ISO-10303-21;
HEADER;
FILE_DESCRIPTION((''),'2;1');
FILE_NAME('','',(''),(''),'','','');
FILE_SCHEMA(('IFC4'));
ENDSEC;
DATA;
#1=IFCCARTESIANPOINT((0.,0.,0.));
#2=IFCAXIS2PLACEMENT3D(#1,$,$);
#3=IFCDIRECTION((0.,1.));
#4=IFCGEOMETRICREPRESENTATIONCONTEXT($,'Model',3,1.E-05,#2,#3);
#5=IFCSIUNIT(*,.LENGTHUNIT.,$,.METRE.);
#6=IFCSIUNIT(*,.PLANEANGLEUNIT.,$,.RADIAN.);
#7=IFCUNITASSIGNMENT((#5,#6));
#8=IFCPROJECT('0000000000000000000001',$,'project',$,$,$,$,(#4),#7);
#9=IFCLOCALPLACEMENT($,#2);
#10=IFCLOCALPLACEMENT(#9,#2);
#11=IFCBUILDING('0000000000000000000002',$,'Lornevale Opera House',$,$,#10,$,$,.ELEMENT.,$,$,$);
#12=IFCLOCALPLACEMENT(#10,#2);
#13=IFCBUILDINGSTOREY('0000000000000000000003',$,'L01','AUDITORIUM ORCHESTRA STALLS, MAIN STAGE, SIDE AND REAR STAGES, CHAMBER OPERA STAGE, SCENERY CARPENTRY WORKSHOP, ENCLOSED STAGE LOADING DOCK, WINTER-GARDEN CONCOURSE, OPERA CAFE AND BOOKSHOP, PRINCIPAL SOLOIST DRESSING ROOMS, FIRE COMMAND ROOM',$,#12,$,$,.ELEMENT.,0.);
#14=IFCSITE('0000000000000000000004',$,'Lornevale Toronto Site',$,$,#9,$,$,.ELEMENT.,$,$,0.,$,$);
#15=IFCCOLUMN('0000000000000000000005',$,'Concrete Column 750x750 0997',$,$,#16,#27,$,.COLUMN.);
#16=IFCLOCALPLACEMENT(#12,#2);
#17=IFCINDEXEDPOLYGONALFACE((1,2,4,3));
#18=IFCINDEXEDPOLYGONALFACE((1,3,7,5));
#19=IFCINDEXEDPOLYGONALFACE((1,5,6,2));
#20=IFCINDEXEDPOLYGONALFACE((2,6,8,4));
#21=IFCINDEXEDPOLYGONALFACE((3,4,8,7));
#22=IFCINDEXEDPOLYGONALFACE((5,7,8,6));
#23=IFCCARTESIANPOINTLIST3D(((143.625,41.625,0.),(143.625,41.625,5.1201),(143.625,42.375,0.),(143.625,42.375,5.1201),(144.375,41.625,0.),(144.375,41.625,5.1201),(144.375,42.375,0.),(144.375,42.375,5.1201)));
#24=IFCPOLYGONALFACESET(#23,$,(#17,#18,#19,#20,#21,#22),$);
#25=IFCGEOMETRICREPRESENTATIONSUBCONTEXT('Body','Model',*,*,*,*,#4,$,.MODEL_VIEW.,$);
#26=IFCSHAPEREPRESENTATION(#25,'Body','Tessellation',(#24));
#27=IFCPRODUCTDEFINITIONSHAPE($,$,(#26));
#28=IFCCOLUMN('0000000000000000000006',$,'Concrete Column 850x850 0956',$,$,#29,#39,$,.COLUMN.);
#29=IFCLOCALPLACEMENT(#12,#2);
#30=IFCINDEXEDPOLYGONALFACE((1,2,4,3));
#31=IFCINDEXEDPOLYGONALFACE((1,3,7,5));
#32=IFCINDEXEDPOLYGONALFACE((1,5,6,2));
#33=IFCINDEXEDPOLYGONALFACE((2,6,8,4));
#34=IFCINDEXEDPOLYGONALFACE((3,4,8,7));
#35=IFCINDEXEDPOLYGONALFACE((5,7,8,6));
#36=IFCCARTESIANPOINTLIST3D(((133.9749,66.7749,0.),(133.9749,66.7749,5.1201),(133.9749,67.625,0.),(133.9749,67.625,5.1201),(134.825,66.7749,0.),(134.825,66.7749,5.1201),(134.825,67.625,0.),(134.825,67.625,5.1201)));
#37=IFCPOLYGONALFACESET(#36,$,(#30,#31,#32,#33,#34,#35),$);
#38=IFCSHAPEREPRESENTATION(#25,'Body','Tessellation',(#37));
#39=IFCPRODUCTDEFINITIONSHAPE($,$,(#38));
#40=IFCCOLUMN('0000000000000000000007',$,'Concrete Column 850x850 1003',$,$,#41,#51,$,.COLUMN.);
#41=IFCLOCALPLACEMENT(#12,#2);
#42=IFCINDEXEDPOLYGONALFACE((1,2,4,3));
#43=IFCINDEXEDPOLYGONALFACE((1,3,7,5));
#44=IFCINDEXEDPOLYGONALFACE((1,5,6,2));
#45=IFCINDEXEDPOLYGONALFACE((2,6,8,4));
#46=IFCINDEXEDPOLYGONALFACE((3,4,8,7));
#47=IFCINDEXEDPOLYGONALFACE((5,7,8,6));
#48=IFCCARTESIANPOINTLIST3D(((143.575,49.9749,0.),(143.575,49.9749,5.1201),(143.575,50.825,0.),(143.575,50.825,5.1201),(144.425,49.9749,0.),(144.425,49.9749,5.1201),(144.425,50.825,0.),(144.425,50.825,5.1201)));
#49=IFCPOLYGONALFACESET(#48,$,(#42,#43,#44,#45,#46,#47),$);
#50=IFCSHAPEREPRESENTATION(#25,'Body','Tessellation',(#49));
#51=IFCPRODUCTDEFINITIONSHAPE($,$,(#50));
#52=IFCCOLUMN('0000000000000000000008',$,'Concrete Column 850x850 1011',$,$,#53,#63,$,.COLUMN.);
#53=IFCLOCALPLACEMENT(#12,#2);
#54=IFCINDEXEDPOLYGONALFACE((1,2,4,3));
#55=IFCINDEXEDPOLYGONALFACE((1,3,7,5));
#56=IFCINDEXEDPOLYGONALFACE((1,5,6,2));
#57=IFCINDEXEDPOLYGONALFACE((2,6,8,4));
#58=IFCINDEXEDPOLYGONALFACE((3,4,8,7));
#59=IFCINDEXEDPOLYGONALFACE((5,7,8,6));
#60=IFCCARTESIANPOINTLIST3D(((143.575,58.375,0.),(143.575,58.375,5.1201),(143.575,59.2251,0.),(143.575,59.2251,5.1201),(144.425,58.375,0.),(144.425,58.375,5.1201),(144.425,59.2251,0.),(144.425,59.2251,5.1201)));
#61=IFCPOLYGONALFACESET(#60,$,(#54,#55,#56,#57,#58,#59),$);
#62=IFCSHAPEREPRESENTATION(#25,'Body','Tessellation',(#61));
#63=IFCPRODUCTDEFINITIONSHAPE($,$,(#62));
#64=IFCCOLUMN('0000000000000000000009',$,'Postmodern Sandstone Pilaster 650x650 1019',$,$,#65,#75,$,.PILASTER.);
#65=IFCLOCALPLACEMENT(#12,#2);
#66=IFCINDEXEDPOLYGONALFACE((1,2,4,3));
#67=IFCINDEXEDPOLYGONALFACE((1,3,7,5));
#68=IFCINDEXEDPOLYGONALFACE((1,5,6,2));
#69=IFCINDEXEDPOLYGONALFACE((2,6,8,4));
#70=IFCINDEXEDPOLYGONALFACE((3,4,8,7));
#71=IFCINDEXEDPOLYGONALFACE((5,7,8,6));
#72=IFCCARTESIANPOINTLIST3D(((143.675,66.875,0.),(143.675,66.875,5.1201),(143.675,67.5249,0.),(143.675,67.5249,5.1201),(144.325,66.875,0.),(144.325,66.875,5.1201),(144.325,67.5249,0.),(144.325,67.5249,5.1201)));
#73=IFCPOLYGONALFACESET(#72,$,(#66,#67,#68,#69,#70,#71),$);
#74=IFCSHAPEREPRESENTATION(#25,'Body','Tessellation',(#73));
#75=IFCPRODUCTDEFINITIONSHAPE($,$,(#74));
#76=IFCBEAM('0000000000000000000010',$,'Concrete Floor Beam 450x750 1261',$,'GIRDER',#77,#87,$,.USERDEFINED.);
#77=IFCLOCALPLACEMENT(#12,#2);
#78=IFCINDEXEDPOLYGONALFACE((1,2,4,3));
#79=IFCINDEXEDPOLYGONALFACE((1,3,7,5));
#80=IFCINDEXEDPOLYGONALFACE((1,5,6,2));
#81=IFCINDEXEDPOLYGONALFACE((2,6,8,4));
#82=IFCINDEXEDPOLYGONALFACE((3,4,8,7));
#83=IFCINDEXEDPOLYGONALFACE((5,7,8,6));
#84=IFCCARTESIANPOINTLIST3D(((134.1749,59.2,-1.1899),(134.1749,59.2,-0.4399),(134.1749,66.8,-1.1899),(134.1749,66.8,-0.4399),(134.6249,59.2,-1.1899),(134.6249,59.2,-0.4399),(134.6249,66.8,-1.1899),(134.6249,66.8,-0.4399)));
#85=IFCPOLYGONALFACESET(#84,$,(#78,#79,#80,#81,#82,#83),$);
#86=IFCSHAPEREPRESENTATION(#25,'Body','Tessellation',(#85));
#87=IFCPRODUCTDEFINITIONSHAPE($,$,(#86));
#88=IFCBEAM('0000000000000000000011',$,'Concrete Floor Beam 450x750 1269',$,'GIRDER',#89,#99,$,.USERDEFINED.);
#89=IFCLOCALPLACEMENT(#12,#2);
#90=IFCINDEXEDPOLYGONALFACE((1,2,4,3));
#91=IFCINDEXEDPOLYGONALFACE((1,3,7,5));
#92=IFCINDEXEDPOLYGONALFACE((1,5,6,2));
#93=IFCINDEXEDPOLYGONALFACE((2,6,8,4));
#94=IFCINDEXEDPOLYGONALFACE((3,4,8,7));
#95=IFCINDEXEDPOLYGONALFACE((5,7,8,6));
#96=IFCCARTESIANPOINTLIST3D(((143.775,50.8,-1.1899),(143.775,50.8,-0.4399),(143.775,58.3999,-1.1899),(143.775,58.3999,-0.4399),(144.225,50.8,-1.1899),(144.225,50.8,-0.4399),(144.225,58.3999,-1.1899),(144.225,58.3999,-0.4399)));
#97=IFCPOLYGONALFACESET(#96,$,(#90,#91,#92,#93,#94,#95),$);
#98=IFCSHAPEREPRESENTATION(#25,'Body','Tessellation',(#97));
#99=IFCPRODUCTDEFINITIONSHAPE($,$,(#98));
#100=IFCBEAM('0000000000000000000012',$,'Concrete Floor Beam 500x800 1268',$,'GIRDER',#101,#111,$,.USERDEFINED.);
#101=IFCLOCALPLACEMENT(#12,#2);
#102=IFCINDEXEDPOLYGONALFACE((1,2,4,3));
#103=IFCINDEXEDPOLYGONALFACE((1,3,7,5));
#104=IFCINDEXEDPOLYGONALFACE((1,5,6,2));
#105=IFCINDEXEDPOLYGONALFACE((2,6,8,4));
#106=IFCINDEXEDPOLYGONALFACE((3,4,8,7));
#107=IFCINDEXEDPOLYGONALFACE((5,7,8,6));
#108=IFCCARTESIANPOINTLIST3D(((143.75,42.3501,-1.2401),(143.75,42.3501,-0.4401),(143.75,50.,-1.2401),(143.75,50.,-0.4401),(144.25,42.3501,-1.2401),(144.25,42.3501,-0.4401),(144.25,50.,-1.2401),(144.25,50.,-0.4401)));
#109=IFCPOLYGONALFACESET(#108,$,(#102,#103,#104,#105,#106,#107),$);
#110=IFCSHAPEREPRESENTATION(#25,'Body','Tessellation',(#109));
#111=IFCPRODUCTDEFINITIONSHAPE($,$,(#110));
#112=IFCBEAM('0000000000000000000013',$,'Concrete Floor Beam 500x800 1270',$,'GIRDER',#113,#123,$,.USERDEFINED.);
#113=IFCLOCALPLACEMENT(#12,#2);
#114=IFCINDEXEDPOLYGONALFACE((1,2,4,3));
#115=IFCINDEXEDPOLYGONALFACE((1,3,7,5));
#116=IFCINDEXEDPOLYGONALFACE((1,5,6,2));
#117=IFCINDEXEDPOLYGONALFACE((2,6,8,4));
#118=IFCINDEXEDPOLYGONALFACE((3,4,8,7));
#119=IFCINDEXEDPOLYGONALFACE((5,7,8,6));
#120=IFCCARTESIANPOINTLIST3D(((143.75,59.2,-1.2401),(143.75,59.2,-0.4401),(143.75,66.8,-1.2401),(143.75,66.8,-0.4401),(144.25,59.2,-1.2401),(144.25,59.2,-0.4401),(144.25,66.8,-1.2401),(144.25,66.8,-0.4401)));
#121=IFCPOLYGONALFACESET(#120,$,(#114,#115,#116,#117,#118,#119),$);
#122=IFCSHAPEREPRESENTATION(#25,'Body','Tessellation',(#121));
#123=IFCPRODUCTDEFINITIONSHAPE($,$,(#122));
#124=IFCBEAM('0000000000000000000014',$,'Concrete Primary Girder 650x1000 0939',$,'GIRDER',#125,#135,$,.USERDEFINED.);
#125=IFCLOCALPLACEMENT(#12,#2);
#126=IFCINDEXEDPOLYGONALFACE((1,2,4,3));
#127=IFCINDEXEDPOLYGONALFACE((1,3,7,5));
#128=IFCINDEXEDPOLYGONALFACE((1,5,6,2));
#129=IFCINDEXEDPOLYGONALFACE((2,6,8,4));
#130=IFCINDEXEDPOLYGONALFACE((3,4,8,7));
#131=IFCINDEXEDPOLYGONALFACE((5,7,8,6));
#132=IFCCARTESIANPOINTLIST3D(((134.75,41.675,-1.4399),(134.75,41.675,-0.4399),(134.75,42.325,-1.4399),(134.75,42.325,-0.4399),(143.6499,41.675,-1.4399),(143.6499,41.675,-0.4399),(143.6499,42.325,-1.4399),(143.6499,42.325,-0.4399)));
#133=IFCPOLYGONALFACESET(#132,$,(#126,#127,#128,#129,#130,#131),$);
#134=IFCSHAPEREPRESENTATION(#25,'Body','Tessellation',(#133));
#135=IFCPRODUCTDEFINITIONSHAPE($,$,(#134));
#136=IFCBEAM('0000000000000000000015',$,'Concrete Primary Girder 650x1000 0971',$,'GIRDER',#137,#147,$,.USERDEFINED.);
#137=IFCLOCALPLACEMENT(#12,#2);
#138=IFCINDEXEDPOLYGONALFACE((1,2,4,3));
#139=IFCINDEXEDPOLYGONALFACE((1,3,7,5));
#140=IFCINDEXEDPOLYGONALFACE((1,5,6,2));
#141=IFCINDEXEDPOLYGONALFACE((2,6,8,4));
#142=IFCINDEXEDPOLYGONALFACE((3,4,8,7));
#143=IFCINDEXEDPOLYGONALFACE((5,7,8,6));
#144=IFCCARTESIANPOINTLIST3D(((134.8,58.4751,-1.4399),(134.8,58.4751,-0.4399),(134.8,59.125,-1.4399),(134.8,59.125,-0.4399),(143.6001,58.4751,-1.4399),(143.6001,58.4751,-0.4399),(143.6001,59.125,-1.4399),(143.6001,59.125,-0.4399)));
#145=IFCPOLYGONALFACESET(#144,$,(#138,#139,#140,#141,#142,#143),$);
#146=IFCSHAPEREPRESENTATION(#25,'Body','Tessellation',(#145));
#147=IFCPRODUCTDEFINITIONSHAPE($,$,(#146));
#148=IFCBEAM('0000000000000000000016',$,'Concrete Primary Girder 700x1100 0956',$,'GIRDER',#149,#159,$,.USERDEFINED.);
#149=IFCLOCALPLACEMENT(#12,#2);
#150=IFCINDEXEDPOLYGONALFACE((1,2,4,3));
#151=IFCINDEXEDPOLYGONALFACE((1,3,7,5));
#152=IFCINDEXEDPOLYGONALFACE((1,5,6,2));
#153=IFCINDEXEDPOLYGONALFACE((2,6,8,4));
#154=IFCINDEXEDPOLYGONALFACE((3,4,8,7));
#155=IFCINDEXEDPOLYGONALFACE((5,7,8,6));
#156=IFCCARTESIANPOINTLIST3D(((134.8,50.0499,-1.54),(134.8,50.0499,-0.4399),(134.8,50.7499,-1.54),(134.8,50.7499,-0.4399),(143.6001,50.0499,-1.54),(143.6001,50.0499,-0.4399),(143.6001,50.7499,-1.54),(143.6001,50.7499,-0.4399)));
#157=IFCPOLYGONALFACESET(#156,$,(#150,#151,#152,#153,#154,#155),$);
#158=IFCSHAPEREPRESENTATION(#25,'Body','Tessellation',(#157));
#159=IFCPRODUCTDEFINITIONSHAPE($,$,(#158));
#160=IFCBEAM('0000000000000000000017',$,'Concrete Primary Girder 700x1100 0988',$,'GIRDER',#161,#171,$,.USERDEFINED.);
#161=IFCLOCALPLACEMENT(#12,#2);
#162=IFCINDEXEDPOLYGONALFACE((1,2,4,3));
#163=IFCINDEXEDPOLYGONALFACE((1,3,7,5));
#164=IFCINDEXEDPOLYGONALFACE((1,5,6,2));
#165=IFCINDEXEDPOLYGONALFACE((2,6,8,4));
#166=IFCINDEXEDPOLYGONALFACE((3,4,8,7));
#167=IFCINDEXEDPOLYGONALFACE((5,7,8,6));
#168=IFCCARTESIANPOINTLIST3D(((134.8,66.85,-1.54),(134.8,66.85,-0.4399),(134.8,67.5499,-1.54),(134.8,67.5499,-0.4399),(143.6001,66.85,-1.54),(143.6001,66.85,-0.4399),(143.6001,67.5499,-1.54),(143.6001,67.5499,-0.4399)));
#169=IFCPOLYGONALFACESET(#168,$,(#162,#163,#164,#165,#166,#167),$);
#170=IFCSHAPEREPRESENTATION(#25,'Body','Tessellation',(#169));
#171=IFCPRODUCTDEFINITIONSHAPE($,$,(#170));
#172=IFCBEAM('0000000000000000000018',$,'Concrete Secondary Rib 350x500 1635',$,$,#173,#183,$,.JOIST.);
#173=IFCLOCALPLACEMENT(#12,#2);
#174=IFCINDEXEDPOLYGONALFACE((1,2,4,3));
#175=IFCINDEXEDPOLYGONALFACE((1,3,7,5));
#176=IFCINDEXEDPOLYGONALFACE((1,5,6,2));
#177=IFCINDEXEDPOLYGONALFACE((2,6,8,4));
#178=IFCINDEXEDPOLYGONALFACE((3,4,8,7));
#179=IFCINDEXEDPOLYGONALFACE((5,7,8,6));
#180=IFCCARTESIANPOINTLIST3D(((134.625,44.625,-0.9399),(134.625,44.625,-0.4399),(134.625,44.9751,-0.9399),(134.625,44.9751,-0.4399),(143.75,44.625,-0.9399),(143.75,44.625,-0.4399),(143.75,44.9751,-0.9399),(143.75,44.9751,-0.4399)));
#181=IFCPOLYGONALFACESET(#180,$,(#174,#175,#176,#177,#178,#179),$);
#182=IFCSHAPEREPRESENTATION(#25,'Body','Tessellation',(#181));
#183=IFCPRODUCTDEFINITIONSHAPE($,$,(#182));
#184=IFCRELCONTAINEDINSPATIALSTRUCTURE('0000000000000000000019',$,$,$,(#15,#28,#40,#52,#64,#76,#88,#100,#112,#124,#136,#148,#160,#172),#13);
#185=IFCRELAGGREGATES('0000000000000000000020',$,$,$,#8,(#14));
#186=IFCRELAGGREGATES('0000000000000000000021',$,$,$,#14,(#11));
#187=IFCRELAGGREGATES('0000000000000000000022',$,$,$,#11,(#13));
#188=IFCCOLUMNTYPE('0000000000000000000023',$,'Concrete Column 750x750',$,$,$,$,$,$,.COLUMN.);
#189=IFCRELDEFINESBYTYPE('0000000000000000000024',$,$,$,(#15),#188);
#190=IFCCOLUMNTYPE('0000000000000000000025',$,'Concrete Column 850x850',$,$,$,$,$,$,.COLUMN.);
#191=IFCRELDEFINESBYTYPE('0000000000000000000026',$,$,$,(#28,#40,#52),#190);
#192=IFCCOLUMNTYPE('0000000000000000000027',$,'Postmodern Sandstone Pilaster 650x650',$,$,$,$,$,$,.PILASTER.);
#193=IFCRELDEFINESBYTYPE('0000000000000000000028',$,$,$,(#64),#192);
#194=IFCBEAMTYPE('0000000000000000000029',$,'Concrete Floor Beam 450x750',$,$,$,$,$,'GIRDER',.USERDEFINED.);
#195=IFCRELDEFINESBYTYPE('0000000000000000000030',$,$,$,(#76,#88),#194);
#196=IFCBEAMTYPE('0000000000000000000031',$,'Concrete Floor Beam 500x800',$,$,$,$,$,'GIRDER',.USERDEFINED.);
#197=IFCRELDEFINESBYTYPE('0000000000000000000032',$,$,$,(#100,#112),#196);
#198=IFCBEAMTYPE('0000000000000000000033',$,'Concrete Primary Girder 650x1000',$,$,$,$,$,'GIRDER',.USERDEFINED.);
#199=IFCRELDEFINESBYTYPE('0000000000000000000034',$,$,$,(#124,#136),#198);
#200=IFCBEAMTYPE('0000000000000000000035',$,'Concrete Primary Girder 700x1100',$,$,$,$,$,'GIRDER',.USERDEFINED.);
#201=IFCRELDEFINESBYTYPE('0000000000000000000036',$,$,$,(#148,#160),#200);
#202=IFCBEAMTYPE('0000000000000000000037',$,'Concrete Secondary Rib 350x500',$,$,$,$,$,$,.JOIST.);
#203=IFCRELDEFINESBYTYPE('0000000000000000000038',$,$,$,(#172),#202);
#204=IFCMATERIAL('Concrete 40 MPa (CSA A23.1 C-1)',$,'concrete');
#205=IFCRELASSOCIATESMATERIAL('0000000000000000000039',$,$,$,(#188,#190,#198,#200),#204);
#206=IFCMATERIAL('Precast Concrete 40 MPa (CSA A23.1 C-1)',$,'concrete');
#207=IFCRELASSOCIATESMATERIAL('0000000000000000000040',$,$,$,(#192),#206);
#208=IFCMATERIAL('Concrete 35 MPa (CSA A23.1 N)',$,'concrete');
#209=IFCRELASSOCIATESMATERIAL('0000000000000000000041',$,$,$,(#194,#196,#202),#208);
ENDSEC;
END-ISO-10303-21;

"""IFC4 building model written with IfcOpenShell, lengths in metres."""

from ifc_helpers import new_model, si_unit, direction, frame, origin, origin_2d, place, context, subcontext, project, spatial, rectangle, extrude, material, material_profile, profile_set, type_object, element, save


model = new_model("IFC4")

# Units and contexts
model_context = context("Model", 3, precision=1e-05, world=origin(), true_north=direction((0.0, 1.0)))
body_context = subcontext(model_context, "Body", "Model", "MODEL_VIEW")
ifc_project = project(units=[si_unit("LENGTHUNIT", "METRE"), si_unit("PLANEANGLEUNIT", "RADIAN")], contexts=[model_context])

# Site, building, storey
site_placement = place(None, origin())
site = spatial("IfcSite", under=ifc_project, at=site_placement, Name="Lornevale Toronto Site", CompositionType="ELEMENT", RefElevation=0.0)
building_placement = place(site_placement, origin())
building = spatial("IfcBuilding", under=site, at=building_placement, Name="Lornevale Opera House", CompositionType="ELEMENT")
storey_placement = place(building_placement, origin())
storey = spatial("IfcBuildingStorey", under=building, at=storey_placement, Name="L01", Description="AUDITORIUM ORCHESTRA STALLS, MAIN STAGE, SIDE AND REAR STAGES, CHAMBER OPERA STAGE, SCENERY CARPENTRY WORKSHOP, ENCLOSED STAGE LOADING DOCK, WINTER-GARDEN CONCOURSE, OPERA CAFE AND BOOKSHOP, PRINCIPAL SOLOIST DRESSING ROOMS, FIRE COMMAND ROOM", CompositionType="ELEMENT", Elevation=0.0)

# Columns
ifc_material_1 = material(Name="Concrete 40 MPa (CSA A23.1 C-1)", Category="concrete")
ifc_material_profile_1 = material_profile(ifc_material_1, rectangle(XDim=0.75, YDim=0.75, at=origin_2d()), Name="RC750x750")
ifc_profile_set_1 = profile_set([ifc_material_profile_1], Name="Concrete 40 MPa (CSA A23.1 C-1)")
column_type_1 = type_object("IfcColumnType", Name="Concrete Column 750x750", PredefinedType="COLUMN", material=ifc_profile_set_1)
column_1_placement = place(storey_placement, frame((144.0, 42.0, 0.0), z_axis=(0.0, 0.0, 1.0), x_axis=(1.0, 0.0, 0.0)))
element("IfcColumn", 1, at=column_1_placement, inside=storey, type_object=column_type_1, Name="Concrete Column 750x750 0997", PredefinedType="COLUMN", context=body_context, shape_type="SweptSolid", body=[
    extrude(rectangle(XDim=0.75, YDim=0.75, at=origin_2d()), origin(), (0.0, 0.0, 1.0), 5.1201),
])
ifc_material_profile_2 = material_profile(ifc_material_1, rectangle(XDim=0.8501, YDim=0.8501, at=origin_2d()), Name="RC850x850")
ifc_profile_set_2 = profile_set([ifc_material_profile_2], Name="Concrete 40 MPa (CSA A23.1 C-1)")
column_type_2 = type_object("IfcColumnType", Name="Concrete Column 850x850", PredefinedType="COLUMN", material=ifc_profile_set_2)
for number, where, z_axis, x_axis, name in (
    (2, (134.3999, 67.2, 0.0), (0.0, 0.0, 1.0), (1.0, 0.0, 0.0), "Concrete Column 850x850 0956"),
    (3, (144.0, 50.3999, 0.0), (0.0, 0.0, 1.0), (1.0, 0.0, 0.0), "Concrete Column 850x850 1003"),
    (4, (144.0, 58.8, 0.0), (0.0, 0.0, 1.0), (1.0, 0.0, 0.0), "Concrete Column 850x850 1011"),
):
    element("IfcColumn", number, at=place(storey_placement, frame(where, z_axis=z_axis, x_axis=x_axis)), inside=storey, type_object=column_type_2, Name=name, PredefinedType="COLUMN", context=body_context, shape_type="SweptSolid", body=[
        extrude(rectangle(XDim=0.8501, YDim=0.8501, at=origin_2d()), origin(), (0.0, 0.0, 1.0), 5.1201),
    ])
ifc_material_2 = material(Name="Precast Concrete 40 MPa (CSA A23.1 C-1)", Category="concrete")
ifc_material_profile_3 = material_profile(ifc_material_2, rectangle(XDim=0.6499, YDim=0.6499, at=origin_2d()), Name="RC650x650")
ifc_profile_set_3 = profile_set([ifc_material_profile_3], Name="Precast Concrete 40 MPa (CSA A23.1 C-1)")
column_type_3 = type_object("IfcColumnType", Name="Postmodern Sandstone Pilaster 650x650", PredefinedType="PILASTER", material=ifc_profile_set_3)
column_2_placement = place(storey_placement, frame((144.0, 67.2, 0.0), z_axis=(0.0, 0.0, 1.0), x_axis=(1.0, 0.0, 0.0)))
element("IfcColumn", 5, at=column_2_placement, inside=storey, type_object=column_type_3, Name="Postmodern Sandstone Pilaster 650x650 1019", PredefinedType="PILASTER", context=body_context, shape_type="SweptSolid", body=[
    extrude(rectangle(XDim=0.6499, YDim=0.6499, at=origin_2d()), origin(), (0.0, 0.0, 1.0), 5.1201),
])

# Beams
ifc_material_3 = material(Name="Concrete 35 MPa (CSA A23.1 N)", Category="concrete")
ifc_material_profile_4 = material_profile(ifc_material_3, rectangle(XDim=0.45, YDim=0.75, at=origin_2d()), Name="RC450x750")
ifc_profile_set_4 = profile_set([ifc_material_profile_4], Name="Concrete 35 MPa (CSA A23.1 N)")
beam_type_1 = type_object("IfcBeamType", Name="Concrete Floor Beam 450x750", ElementType="GIRDER", PredefinedType="USERDEFINED", material=ifc_profile_set_4)
beam_1_placement = place(storey_placement, frame((134.3999, 59.2, -0.8149), z_axis=(0.0, 1.0, 0.0), x_axis=(-1.0, 0.0, 0.0)))
element("IfcBeam", 6, at=beam_1_placement, inside=storey, type_object=beam_type_1, Name="Concrete Floor Beam 450x750 1261", ObjectType="GIRDER", PredefinedType="USERDEFINED", context=body_context, shape_type="SweptSolid", body=[
    extrude(rectangle(XDim=0.45, YDim=0.75, at=origin_2d()), origin(), (0.0, 0.0, 1.0), 7.6001),
])
beam_2_placement = place(storey_placement, frame((144.0, 50.8, -0.8149), z_axis=(0.0, 1.0, 0.0), x_axis=(-1.0, 0.0, 0.0)))
element("IfcBeam", 7, at=beam_2_placement, inside=storey, type_object=beam_type_1, Name="Concrete Floor Beam 450x750 1269", ObjectType="GIRDER", PredefinedType="USERDEFINED", context=body_context, shape_type="SweptSolid", body=[
    extrude(rectangle(XDim=0.45, YDim=0.75, at=origin_2d()), origin(), (0.0, 0.0, 1.0), 7.5999),
])
ifc_material_profile_5 = material_profile(ifc_material_3, rectangle(XDim=0.5, YDim=0.8, at=origin_2d()), Name="RC500x800")
ifc_profile_set_5 = profile_set([ifc_material_profile_5], Name="Concrete 35 MPa (CSA A23.1 N)")
beam_type_2 = type_object("IfcBeamType", Name="Concrete Floor Beam 500x800", ElementType="GIRDER", PredefinedType="USERDEFINED", material=ifc_profile_set_5)
beam_3_placement = place(storey_placement, frame((144.0, 42.3501, -0.8401), z_axis=(0.0, 1.0, 0.0), x_axis=(-1.0, 0.0, 0.0)))
element("IfcBeam", 8, at=beam_3_placement, inside=storey, type_object=beam_type_2, Name="Concrete Floor Beam 500x800 1268", ObjectType="GIRDER", PredefinedType="USERDEFINED", context=body_context, shape_type="SweptSolid", body=[
    extrude(rectangle(XDim=0.5, YDim=0.8, at=origin_2d()), origin(), (0.0, 0.0, 1.0), 7.6499),
])
beam_4_placement = place(storey_placement, frame((144.0, 59.2, -0.8401), z_axis=(0.0, 1.0, 0.0), x_axis=(-1.0, 0.0, 0.0)))
element("IfcBeam", 9, at=beam_4_placement, inside=storey, type_object=beam_type_2, Name="Concrete Floor Beam 500x800 1270", ObjectType="GIRDER", PredefinedType="USERDEFINED", context=body_context, shape_type="SweptSolid", body=[
    extrude(rectangle(XDim=0.5, YDim=0.8, at=origin_2d()), origin(), (0.0, 0.0, 1.0), 7.6001),
])
ifc_material_profile_6 = material_profile(ifc_material_1, rectangle(XDim=0.6499, YDim=1.0, at=origin_2d()), Name="RC650x1000")
ifc_profile_set_6 = profile_set([ifc_material_profile_6], Name="Concrete 40 MPa (CSA A23.1 C-1)")
beam_type_3 = type_object("IfcBeamType", Name="Concrete Primary Girder 650x1000", ElementType="GIRDER", PredefinedType="USERDEFINED", material=ifc_profile_set_6)
beam_5_placement = place(storey_placement, frame((134.75, 42.0, -0.9399), z_axis=(1.0, 0.0, 0.0), x_axis=(0.0, 1.0, 0.0)))
element("IfcBeam", 10, at=beam_5_placement, inside=storey, type_object=beam_type_3, Name="Concrete Primary Girder 650x1000 0939", ObjectType="GIRDER", PredefinedType="USERDEFINED", context=body_context, shape_type="SweptSolid", body=[
    extrude(rectangle(XDim=0.6499, YDim=1.0, at=origin_2d()), origin(), (0.0, 0.0, 1.0), 8.8999),
])
beam_6_placement = place(storey_placement, frame((134.8, 58.8, -0.9399), z_axis=(1.0, 0.0, 0.0), x_axis=(0.0, 1.0, 0.0)))
element("IfcBeam", 11, at=beam_6_placement, inside=storey, type_object=beam_type_3, Name="Concrete Primary Girder 650x1000 0971", ObjectType="GIRDER", PredefinedType="USERDEFINED", context=body_context, shape_type="SweptSolid", body=[
    extrude(rectangle(XDim=0.6499, YDim=1.0, at=origin_2d()), origin(), (0.0, 0.0, 1.0), 8.8),
])
ifc_material_profile_7 = material_profile(ifc_material_1, rectangle(XDim=0.7, YDim=1.1001, at=origin_2d()), Name="RC700x1100")
ifc_profile_set_7 = profile_set([ifc_material_profile_7], Name="Concrete 40 MPa (CSA A23.1 C-1)")
beam_type_4 = type_object("IfcBeamType", Name="Concrete Primary Girder 700x1100", ElementType="GIRDER", PredefinedType="USERDEFINED", material=ifc_profile_set_7)
for number, where, z_axis, x_axis, name in (
    (12, (134.8, 50.3999, -0.99), (1.0, 0.0, 0.0), (0.0, 1.0, 0.0), "Concrete Primary Girder 700x1100 0956"),
    (13, (134.8, 67.2, -0.99), (1.0, 0.0, 0.0), (0.0, 1.0, 0.0), "Concrete Primary Girder 700x1100 0988"),
):
    element("IfcBeam", number, at=place(storey_placement, frame(where, z_axis=z_axis, x_axis=x_axis)), inside=storey, type_object=beam_type_4, Name=name, ObjectType="GIRDER", PredefinedType="USERDEFINED", context=body_context, shape_type="SweptSolid", body=[
        extrude(rectangle(XDim=0.7, YDim=1.1001, at=origin_2d()), origin(), (0.0, 0.0, 1.0), 8.8),
    ])
ifc_material_profile_8 = material_profile(ifc_material_3, rectangle(XDim=0.3501, YDim=0.5, at=origin_2d()), Name="RC350x500")
ifc_profile_set_8 = profile_set([ifc_material_profile_8], Name="Concrete 35 MPa (CSA A23.1 N)")
beam_type_5 = type_object("IfcBeamType", Name="Concrete Secondary Rib 350x500", PredefinedType="JOIST", material=ifc_profile_set_8)
for number, where, z_axis, x_axis, name in (
    (14, (134.625, 44.8, -0.6899), (1.0, 0.0, 0.0), (0.0, 1.0, 0.0), "Concrete Secondary Rib 350x500 1635"),
):
    element("IfcBeam", number, at=place(storey_placement, frame(where, z_axis=z_axis, x_axis=x_axis)), inside=storey, type_object=beam_type_5, Name=name, PredefinedType="JOIST", context=body_context, shape_type="SweptSolid", body=[
        extrude(rectangle(XDim=0.3501, YDim=0.5, at=origin_2d()), origin(), (0.0, 0.0, 1.0), 9.125),
    ])

save(model, "model.ifc")
